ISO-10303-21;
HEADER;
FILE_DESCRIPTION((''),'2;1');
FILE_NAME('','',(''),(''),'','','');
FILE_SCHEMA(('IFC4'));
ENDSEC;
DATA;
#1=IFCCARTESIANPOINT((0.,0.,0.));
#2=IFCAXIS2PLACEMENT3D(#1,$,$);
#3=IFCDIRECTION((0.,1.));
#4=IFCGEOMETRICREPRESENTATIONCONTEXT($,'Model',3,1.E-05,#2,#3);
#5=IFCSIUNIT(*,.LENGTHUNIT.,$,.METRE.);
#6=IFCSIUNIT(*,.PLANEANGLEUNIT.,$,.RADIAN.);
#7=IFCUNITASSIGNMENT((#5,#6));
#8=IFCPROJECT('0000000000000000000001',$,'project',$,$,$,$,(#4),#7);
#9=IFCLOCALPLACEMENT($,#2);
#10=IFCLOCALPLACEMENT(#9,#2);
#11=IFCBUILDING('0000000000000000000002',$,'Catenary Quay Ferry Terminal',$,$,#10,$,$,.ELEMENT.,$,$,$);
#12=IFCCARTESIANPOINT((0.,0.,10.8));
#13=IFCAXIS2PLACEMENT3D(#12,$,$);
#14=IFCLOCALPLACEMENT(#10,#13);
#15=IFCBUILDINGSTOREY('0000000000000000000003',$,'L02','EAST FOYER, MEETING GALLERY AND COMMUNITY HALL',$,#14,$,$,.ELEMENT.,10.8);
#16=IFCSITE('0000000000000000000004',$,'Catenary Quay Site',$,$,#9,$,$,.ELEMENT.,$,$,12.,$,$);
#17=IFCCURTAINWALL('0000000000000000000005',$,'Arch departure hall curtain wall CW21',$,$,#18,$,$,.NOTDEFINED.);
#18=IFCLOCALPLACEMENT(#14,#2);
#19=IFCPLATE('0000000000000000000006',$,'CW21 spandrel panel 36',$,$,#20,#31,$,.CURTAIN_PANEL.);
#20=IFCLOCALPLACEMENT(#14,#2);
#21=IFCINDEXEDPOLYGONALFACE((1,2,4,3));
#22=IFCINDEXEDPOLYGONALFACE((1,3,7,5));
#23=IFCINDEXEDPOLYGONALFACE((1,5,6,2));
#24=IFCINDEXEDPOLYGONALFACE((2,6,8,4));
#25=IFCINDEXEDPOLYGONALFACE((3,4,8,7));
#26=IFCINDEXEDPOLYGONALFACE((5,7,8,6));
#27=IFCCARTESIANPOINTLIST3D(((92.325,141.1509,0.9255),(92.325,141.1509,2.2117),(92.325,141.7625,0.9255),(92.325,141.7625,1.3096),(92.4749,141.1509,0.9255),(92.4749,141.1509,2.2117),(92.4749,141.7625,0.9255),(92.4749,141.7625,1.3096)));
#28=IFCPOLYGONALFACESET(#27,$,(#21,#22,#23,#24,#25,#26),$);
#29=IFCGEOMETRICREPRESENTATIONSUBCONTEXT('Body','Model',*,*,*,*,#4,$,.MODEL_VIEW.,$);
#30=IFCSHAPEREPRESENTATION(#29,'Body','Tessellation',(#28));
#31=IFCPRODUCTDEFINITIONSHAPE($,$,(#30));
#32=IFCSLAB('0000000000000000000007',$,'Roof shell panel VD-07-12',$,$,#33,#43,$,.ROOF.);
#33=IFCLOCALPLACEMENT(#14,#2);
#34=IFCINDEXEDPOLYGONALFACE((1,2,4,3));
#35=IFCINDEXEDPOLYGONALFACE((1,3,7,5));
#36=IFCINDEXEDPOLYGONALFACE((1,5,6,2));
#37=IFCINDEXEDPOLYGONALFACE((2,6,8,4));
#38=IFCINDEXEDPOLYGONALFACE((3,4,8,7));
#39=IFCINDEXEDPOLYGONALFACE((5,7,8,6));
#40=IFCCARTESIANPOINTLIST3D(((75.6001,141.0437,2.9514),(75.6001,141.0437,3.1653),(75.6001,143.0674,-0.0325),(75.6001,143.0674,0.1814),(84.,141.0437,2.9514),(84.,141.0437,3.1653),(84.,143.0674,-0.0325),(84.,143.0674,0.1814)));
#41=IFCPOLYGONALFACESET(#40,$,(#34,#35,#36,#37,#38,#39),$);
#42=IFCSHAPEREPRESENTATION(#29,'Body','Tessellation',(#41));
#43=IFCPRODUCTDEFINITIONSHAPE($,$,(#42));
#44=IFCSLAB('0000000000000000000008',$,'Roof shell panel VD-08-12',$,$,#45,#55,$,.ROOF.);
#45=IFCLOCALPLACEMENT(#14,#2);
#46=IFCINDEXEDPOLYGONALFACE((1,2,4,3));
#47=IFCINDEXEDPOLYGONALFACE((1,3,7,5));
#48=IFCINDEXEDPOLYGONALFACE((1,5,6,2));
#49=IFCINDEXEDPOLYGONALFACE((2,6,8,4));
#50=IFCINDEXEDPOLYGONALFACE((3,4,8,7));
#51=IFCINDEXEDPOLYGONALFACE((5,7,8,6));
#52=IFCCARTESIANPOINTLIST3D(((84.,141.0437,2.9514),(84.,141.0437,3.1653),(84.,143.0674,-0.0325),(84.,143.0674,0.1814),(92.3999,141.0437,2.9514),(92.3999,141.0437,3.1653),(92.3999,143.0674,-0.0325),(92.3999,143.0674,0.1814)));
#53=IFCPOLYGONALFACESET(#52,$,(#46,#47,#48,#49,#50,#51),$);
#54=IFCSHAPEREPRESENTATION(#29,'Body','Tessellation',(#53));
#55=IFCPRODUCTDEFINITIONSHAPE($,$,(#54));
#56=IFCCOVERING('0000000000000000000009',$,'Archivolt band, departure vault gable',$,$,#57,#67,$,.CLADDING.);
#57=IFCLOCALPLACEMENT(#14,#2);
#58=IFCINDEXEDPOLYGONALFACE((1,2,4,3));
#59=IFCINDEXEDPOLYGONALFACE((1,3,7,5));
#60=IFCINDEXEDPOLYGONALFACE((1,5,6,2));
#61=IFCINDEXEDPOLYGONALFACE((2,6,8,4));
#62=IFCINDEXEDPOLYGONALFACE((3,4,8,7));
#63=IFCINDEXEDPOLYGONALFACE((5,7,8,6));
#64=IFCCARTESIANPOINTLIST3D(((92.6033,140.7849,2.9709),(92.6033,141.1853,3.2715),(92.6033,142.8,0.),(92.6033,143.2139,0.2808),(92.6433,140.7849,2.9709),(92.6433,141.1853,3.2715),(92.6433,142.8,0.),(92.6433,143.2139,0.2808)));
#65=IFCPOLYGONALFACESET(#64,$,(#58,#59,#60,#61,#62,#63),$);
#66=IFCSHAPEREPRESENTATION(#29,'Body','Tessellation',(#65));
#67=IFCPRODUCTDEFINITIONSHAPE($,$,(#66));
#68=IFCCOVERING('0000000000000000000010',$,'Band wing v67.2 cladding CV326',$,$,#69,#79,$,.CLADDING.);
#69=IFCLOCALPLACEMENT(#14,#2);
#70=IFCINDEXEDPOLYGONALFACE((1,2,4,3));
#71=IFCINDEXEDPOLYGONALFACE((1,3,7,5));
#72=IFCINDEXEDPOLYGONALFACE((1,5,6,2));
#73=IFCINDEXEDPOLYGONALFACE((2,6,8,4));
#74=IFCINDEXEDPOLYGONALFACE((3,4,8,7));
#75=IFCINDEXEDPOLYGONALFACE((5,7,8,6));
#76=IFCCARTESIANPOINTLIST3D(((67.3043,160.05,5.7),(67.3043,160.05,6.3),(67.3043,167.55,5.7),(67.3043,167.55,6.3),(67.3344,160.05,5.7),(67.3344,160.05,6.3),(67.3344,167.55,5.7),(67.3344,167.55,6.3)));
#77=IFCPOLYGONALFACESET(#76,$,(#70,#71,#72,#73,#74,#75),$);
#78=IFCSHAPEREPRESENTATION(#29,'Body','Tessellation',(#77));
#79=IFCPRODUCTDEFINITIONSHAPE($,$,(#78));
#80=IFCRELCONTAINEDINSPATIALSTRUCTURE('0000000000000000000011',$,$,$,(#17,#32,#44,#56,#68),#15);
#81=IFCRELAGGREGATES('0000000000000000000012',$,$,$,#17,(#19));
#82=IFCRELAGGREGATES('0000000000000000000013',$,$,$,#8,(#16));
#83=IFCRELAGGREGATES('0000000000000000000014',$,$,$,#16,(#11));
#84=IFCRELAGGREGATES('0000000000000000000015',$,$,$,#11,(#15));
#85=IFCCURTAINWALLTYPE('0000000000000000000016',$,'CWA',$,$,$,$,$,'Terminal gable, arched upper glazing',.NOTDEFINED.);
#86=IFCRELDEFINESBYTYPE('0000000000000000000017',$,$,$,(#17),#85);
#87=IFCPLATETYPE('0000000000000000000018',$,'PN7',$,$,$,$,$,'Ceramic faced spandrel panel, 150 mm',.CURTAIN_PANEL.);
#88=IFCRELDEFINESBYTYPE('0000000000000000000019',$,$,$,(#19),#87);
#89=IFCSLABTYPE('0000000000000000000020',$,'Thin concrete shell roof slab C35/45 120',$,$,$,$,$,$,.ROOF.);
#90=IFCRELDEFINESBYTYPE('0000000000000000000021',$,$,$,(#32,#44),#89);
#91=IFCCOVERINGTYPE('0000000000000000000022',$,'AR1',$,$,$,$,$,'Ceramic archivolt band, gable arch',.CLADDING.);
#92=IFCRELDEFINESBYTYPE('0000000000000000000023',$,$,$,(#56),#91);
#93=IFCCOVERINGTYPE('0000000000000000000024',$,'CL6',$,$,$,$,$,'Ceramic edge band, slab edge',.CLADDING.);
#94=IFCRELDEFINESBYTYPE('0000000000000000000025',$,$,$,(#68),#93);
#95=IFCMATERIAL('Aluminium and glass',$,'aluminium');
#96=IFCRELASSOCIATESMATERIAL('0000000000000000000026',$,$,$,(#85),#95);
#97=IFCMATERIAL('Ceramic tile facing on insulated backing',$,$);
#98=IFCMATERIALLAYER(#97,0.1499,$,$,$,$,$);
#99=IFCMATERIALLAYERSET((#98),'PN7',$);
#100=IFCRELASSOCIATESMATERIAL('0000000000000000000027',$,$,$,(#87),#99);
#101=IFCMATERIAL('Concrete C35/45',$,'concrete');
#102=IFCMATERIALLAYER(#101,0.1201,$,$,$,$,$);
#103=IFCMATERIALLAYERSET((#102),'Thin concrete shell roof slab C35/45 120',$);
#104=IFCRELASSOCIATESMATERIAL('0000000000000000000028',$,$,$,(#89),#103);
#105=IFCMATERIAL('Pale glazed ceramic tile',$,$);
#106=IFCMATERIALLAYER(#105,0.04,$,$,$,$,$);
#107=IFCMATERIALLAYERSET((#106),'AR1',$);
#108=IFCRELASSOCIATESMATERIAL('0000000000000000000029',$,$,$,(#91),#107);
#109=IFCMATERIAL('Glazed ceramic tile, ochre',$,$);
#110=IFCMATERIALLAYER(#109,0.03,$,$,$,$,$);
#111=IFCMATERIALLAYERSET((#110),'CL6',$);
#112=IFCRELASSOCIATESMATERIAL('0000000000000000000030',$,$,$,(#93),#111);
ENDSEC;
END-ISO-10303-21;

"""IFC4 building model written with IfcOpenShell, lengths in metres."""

from ifc_helpers import new_model, si_unit, direction, frame, origin, origin_2d, place, context, subcontext, project, spatial, polyline, rectangle, outline, extrude, material, layer, layer_set, type_object, element, aggregate, save


model = new_model("IFC4")

# Units and contexts
model_context = context("Model", 3, precision=1e-05, world=origin(), true_north=direction((0.0, 1.0)))
body_context = subcontext(model_context, "Body", "Model", "MODEL_VIEW")
ifc_project = project(units=[si_unit("LENGTHUNIT", "METRE"), si_unit("PLANEANGLEUNIT", "RADIAN")], contexts=[model_context])

# Site, building, storey
site_placement = place(None, origin())
site = spatial("IfcSite", under=ifc_project, at=site_placement, Name="Catenary Quay Site", CompositionType="ELEMENT", RefElevation=12.0)
building_placement = place(site_placement, origin())
building = spatial("IfcBuilding", under=site, at=building_placement, Name="Catenary Quay Ferry Terminal", CompositionType="ELEMENT")
storey_placement = place(building_placement, frame((0.0, 0.0, 10.8)))
storey = spatial("IfcBuildingStorey", under=building, at=storey_placement, Name="L02", Description="EAST FOYER, MEETING GALLERY AND COMMUNITY HALL", CompositionType="ELEMENT", Elevation=10.8)

# Curtain wall
ifc_material_1 = material(Name="Aluminium and glass", Category="aluminium")
curtain_wall_type_1 = type_object("IfcCurtainWallType", Name="CWA", ElementType="Terminal gable, arched upper glazing", PredefinedType="NOTDEFINED", material=ifc_material_1)
curtain_wall_1_placement = place(storey_placement, origin())
curtain_wall_1 = element("IfcCurtainWall", 1, at=curtain_wall_1_placement, inside=storey, type_object=curtain_wall_type_1, Name="Arch departure hall curtain wall CW21", PredefinedType="NOTDEFINED")

# Plate
ifc_material_2 = material(Name="Ceramic tile facing on insulated backing")
ifc_layer_1 = layer(ifc_material_2, 0.1499)
ifc_layer_set_1 = layer_set([ifc_layer_1], Name="PN7")
plate_type_1 = type_object("IfcPlateType", Name="PN7", ElementType="Ceramic faced spandrel panel, 150 mm", PredefinedType="CURTAIN_PANEL", material=ifc_layer_set_1)
plate_1_placement = place(storey_placement, frame((92.3999, 141.1509, 0.9255), z_axis=(0.0, 0.0, 1.0), x_axis=(0.0, 1.0, 0.0)))
plate_1 = element("IfcPlate", 2, at=plate_1_placement, type_object=plate_type_1, Name="CW21 spandrel panel 36", PredefinedType="CURTAIN_PANEL", context=body_context, shape_type="SweptSolid", body=[
    extrude(outline(polyline([(0.0, 0.0), (0.6116, 0.0), (0.6116, 0.384), (0.0, 1.2861), (0.0, 0.0)])), frame((0.0, 0.075, 0.0), z_axis=(0.0, -1.0, 0.0), x_axis=(1.0, 0.0, 0.0)), (0.0, 0.0, 1.0), 0.1499),
])
aggregate(curtain_wall_1, [plate_1])

# Slabs
ifc_material_3 = material(Name="Concrete C35/45", Category="concrete")
ifc_layer_2 = layer(ifc_material_3, 0.1201)
ifc_layer_set_2 = layer_set([ifc_layer_2], Name="Thin concrete shell roof slab C35/45 120")
slab_type = type_object("IfcSlabType", Name="Thin concrete shell roof slab C35/45 120", PredefinedType="ROOF", material=ifc_layer_set_2)
for number, where, z_axis, x_axis, name in (
    (3, (75.6001, 141.0437, 3.1653), (0.0, 0.827617, 0.561293), (1.0, 0.0, 0.0), "Roof shell panel VD-07-12"),
    (4, (84.0, 141.0437, 3.1653), (0.0, 0.827617, 0.561293), (1.0, 0.0, 0.0), "Roof shell panel VD-08-12"),
):
    element("IfcSlab", number, at=place(storey_placement, frame(where, z_axis=z_axis, x_axis=x_axis)), inside=storey, type_object=slab_type, Name=name, PredefinedType="ROOF", context=body_context, shape_type="SweptSolid", body=[
        extrude(outline(polyline([(0.0, 0.0), (8.3999, 0.0), (8.3999, 3.6054), (0.0, 3.6054), (0.0, 0.0)])), origin(), (0.0, 0.827617, -0.561293), 0.2139),
    ])

# Coverings
ifc_material_4 = material(Name="Pale glazed ceramic tile")
ifc_layer_3 = layer(ifc_material_4, 0.04)
ifc_layer_set_3 = layer_set([ifc_layer_3], Name="AR1")
covering_type_1 = type_object("IfcCoveringType", Name="AR1", ElementType="Ceramic archivolt band, gable arch", PredefinedType="CLADDING", material=ifc_layer_set_3)
covering_1_placement = place(storey_placement, frame((92.6033, 141.1853, 3.2715), z_axis=(-1.0, 0.0, 0.0), x_axis=(0.0, 0.56134, -0.827586)))
element("IfcCovering", 5, at=covering_1_placement, inside=storey, type_object=covering_type_1, Name="Archivolt band, departure vault gable", PredefinedType="CLADDING", context=body_context, shape_type="SweptSolid", body=[
    extrude(outline(polyline([(0.0, 0.0), (3.6138, 0.0), (3.6139, 0.5001), (0.024, 0.5001), (0.0, 0.0)])), origin(), (0.0, 0.0, -1.0), 0.04),
])
ifc_material_5 = material(Name="Glazed ceramic tile, ochre")
ifc_layer_4 = layer(ifc_material_5, 0.03)
ifc_layer_set_4 = layer_set([ifc_layer_4], Name="CL6")
covering_type_2 = type_object("IfcCoveringType", Name="CL6", ElementType="Ceramic edge band, slab edge", PredefinedType="CLADDING", material=ifc_layer_set_4)
covering_2_placement = place(storey_placement, frame((67.3193, 163.8, 5.7), z_axis=(0.0, 0.0, 1.0), x_axis=(1.0, 0.0, 0.0)))
element("IfcCovering", 6, at=covering_2_placement, inside=storey, type_object=covering_type_2, Name="Band wing v67.2 cladding CV326", PredefinedType="CLADDING", context=body_context, shape_type="SweptSolid", body=[
    extrude(rectangle(XDim=0.03, YDim=7.5, at=origin_2d()), origin(), (0.0, 0.0, 1.0), 0.6001),
])

save(model, "model.ifc")
